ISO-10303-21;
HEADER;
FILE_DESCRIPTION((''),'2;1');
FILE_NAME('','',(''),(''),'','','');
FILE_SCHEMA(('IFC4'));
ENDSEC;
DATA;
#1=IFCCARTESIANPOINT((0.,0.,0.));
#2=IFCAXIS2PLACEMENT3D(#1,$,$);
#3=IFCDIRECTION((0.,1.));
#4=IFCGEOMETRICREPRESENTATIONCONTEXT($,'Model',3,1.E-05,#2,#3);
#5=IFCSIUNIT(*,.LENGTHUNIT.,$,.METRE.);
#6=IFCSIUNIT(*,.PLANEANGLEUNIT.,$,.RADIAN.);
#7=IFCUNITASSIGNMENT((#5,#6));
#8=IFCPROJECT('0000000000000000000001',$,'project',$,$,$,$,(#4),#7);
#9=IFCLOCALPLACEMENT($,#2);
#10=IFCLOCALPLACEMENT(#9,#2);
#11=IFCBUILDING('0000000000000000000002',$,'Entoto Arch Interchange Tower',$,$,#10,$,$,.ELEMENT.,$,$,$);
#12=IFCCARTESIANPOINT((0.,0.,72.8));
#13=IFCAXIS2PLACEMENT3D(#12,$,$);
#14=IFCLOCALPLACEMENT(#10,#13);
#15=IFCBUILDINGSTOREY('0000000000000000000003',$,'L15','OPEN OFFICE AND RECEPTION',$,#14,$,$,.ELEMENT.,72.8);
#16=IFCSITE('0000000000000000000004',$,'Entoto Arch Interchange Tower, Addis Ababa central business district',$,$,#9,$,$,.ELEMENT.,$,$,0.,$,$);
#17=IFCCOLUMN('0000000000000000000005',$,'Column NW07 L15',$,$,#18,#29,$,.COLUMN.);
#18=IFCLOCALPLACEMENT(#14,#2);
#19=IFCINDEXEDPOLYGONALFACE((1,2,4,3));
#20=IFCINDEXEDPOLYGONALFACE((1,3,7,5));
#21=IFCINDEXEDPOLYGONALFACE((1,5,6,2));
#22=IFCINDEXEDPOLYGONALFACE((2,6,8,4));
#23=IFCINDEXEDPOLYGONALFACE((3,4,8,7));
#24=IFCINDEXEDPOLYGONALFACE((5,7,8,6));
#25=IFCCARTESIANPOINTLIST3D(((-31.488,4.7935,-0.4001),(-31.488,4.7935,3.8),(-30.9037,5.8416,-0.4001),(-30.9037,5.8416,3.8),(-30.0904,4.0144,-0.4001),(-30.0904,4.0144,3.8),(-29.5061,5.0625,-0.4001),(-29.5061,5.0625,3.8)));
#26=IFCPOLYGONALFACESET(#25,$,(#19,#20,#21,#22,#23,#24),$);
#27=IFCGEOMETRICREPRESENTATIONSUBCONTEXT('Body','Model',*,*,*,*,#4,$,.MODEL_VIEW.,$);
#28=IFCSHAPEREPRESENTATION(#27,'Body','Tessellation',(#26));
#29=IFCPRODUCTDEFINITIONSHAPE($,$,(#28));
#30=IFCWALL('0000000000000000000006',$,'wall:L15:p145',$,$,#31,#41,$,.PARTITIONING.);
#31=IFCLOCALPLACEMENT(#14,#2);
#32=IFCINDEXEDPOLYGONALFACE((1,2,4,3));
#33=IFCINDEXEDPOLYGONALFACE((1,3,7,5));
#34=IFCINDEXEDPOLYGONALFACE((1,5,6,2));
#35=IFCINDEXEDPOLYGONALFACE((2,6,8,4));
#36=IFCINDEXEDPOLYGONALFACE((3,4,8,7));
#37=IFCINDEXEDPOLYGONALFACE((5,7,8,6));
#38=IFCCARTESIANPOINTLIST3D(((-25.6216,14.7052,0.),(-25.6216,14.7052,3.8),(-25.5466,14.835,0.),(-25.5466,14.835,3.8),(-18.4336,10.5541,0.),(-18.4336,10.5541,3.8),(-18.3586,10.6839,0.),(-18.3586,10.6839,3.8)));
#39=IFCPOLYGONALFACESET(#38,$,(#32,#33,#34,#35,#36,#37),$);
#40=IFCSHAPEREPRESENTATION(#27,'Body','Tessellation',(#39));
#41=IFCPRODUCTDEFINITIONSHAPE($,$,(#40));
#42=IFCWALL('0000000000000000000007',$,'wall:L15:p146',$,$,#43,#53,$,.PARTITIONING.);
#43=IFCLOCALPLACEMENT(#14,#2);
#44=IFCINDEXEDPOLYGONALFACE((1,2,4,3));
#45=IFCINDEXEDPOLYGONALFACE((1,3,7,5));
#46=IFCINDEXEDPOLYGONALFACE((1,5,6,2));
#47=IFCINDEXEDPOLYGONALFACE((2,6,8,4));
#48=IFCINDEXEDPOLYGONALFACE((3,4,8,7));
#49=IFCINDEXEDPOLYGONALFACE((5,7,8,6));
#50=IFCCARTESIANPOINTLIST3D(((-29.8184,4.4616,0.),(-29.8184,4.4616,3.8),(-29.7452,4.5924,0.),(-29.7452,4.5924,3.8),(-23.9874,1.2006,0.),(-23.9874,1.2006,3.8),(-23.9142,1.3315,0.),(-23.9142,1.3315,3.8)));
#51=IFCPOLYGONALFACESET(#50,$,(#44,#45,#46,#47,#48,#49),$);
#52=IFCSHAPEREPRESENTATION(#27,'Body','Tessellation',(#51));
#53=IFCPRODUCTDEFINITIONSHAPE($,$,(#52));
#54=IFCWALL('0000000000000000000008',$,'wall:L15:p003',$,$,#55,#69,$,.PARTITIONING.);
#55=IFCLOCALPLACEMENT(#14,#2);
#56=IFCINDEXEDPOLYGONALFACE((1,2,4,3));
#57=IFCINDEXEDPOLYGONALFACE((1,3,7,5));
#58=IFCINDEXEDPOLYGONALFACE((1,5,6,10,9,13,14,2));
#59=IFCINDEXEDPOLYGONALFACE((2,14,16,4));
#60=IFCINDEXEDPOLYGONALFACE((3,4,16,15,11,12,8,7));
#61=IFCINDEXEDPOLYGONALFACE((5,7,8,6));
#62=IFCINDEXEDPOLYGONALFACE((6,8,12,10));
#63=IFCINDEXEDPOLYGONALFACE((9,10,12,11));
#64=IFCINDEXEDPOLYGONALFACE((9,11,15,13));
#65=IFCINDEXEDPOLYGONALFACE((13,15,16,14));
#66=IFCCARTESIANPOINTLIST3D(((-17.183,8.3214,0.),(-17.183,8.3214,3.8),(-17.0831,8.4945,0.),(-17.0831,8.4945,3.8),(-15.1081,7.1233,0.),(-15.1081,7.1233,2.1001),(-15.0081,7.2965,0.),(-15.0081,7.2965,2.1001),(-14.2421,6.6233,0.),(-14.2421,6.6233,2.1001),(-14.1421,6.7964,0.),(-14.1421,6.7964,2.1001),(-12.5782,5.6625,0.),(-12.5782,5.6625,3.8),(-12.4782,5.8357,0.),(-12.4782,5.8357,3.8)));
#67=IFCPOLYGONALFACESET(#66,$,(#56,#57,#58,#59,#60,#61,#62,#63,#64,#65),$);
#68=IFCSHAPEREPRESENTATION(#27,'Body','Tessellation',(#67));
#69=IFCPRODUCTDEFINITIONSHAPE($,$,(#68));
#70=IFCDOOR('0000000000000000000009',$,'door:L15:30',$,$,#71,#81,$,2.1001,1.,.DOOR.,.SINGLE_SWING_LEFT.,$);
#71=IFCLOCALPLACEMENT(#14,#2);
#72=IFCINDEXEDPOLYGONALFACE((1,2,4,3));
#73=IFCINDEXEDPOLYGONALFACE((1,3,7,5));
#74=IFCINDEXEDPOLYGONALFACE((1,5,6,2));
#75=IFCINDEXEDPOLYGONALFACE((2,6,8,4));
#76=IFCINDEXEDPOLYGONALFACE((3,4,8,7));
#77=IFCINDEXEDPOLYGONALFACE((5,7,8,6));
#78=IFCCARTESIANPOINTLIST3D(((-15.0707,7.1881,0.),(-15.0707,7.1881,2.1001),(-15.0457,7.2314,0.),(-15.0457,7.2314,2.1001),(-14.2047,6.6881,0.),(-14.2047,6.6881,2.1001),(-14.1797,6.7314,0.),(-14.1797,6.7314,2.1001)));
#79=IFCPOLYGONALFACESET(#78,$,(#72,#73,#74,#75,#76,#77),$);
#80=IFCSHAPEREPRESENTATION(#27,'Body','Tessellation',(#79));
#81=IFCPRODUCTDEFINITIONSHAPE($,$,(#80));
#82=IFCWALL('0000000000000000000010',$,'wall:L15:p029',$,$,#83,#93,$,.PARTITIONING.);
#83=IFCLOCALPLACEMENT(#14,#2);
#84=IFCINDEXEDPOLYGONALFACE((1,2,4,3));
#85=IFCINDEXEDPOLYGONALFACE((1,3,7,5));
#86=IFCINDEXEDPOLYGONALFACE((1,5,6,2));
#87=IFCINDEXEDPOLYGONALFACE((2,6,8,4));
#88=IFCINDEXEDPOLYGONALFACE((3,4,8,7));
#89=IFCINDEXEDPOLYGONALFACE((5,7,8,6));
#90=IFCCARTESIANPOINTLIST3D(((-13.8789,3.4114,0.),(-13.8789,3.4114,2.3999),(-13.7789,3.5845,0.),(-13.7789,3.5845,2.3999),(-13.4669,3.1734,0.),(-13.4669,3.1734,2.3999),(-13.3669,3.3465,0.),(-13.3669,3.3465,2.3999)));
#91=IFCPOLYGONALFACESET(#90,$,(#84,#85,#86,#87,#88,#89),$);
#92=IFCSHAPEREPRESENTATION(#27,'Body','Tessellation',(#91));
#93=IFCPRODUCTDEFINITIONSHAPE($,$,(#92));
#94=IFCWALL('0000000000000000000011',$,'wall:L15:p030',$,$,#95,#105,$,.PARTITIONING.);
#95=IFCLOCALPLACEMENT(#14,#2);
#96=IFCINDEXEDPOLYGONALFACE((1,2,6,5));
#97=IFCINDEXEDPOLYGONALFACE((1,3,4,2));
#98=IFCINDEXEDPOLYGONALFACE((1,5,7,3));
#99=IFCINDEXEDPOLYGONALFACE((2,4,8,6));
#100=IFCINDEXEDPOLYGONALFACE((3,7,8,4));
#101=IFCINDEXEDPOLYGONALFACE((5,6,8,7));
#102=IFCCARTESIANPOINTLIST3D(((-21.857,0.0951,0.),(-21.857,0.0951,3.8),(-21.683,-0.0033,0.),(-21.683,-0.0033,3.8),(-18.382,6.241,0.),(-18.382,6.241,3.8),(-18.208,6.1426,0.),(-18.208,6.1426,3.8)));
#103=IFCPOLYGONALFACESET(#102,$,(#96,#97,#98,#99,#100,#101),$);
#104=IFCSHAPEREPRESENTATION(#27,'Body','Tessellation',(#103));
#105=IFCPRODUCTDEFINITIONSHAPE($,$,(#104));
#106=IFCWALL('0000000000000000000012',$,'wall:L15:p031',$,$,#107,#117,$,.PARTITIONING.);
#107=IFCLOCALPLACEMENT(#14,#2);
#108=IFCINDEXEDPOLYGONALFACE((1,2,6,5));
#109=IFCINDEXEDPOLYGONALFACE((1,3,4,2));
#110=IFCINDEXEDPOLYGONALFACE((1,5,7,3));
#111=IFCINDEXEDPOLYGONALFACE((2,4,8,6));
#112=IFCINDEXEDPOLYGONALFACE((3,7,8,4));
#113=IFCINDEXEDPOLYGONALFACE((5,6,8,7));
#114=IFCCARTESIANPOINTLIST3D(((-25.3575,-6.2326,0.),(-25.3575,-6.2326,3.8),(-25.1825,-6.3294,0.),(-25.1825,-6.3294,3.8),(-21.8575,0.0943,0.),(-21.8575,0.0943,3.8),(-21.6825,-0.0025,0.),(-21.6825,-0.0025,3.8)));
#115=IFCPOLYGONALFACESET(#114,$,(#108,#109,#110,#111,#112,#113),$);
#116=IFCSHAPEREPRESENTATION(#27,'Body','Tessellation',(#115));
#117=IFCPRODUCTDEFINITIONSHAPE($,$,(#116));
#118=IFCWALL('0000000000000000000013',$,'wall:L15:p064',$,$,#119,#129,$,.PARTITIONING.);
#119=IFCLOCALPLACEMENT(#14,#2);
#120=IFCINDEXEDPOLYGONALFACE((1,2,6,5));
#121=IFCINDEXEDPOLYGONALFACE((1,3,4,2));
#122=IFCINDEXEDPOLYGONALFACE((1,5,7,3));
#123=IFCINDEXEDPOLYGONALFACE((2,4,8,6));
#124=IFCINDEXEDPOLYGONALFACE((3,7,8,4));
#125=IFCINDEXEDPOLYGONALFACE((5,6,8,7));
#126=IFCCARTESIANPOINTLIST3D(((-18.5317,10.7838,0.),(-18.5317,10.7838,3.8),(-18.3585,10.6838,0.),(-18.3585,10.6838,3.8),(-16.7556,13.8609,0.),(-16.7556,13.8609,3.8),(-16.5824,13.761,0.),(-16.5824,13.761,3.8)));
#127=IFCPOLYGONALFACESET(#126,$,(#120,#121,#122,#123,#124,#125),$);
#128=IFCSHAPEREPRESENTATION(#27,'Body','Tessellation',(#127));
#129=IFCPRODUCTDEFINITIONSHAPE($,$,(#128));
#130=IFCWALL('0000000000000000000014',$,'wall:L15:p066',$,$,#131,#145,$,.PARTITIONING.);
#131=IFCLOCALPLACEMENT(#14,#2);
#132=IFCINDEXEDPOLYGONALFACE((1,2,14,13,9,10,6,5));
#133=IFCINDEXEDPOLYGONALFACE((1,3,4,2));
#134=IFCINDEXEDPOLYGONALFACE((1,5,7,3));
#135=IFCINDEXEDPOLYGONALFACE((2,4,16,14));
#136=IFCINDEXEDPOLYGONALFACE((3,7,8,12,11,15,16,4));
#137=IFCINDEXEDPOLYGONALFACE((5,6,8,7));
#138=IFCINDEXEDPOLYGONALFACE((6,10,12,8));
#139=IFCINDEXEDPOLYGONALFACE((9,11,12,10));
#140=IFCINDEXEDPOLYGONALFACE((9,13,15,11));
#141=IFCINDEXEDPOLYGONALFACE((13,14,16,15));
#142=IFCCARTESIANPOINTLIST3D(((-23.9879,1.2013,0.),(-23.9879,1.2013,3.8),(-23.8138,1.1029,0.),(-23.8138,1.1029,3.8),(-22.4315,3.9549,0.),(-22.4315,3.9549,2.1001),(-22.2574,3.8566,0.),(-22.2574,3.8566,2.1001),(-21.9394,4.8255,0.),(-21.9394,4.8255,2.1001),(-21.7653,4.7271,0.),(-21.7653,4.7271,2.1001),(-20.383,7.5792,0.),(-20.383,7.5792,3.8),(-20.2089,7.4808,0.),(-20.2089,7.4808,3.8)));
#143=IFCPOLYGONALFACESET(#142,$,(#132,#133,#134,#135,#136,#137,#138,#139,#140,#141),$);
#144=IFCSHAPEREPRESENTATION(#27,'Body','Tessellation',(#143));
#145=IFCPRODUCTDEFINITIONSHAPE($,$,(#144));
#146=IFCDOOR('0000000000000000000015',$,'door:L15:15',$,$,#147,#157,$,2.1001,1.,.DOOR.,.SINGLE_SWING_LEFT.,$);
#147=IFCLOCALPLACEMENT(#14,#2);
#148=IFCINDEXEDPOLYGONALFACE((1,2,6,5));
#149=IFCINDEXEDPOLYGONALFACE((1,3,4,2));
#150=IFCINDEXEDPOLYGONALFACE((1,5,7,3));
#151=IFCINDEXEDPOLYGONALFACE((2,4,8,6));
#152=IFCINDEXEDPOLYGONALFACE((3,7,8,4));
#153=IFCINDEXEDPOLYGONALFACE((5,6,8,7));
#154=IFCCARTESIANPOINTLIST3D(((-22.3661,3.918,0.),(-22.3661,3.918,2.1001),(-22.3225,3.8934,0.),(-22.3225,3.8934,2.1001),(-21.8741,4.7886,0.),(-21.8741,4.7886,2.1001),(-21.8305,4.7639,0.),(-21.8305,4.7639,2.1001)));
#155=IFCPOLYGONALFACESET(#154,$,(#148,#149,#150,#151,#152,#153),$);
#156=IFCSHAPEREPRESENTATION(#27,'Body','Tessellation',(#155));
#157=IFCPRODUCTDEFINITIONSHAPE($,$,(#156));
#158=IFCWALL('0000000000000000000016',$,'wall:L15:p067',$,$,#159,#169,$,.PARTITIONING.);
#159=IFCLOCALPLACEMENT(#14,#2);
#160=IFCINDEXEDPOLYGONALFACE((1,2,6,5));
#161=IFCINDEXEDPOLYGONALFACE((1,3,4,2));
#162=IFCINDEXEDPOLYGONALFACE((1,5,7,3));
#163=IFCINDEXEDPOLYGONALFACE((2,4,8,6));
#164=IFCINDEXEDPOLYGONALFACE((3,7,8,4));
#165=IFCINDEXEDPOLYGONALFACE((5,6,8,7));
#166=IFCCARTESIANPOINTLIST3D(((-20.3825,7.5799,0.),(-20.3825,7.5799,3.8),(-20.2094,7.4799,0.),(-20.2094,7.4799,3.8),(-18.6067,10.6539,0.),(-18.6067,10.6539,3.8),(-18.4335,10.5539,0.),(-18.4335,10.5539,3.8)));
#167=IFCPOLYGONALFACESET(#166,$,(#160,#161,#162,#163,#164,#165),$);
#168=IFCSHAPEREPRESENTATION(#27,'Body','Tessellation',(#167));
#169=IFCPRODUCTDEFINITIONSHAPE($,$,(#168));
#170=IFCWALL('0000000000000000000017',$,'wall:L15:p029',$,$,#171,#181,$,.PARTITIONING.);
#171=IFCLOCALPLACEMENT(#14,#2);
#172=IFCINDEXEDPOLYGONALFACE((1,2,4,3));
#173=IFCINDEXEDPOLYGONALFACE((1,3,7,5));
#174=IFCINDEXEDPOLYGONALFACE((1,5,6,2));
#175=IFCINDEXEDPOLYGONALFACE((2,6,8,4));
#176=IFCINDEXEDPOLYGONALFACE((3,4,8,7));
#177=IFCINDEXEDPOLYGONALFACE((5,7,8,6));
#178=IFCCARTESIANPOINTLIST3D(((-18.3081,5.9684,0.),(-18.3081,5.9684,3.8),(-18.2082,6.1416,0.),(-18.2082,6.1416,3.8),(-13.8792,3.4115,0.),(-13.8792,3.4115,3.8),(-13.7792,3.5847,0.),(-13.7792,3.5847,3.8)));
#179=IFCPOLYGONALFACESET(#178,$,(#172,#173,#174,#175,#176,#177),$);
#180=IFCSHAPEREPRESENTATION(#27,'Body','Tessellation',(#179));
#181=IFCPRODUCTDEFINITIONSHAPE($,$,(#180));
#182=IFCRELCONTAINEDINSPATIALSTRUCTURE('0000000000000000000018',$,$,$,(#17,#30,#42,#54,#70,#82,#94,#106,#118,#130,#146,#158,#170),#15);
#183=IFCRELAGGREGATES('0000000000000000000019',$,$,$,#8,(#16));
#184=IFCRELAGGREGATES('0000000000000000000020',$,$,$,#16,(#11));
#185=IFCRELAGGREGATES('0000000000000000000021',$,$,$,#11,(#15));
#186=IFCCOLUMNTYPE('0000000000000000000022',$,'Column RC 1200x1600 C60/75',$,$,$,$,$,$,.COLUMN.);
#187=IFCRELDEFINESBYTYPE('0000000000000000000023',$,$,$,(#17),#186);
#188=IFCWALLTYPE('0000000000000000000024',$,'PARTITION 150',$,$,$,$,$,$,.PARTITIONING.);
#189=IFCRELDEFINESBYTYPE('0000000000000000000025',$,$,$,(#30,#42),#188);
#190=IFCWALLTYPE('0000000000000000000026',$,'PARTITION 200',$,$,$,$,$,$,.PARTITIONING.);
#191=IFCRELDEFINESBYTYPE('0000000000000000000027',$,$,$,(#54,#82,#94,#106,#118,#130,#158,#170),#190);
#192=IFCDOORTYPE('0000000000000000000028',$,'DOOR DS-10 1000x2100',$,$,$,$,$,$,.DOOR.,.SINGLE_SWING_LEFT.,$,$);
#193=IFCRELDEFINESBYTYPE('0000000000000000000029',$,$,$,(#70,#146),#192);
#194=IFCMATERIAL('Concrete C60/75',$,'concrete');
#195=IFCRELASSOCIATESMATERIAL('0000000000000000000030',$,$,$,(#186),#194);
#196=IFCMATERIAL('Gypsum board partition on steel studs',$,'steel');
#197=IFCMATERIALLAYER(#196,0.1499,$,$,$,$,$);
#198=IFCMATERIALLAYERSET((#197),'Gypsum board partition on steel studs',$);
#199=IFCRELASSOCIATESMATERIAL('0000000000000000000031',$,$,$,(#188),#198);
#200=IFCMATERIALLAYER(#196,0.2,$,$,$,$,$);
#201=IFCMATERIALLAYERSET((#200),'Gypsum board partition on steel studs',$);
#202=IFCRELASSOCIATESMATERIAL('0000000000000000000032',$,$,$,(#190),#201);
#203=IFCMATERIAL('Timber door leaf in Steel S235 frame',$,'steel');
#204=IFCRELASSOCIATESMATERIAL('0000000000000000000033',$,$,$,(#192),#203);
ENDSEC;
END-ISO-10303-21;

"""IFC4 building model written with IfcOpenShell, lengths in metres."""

from ifc_helpers import new_model, si_unit, direction, frame, frame_2d, origin, origin_2d, place, context, subcontext, project, spatial, rectangle, extrude, material, layer, layer_set, material_profile, profile_set, type_object, element, fill, save


model = new_model("IFC4")

# Units and contexts
model_context = context("Model", 3, precision=1e-05, world=origin(), true_north=direction((0.0, 1.0)))
body_context = subcontext(model_context, "Body", "Model", "MODEL_VIEW")
ifc_project = project(units=[si_unit("LENGTHUNIT", "METRE"), si_unit("PLANEANGLEUNIT", "RADIAN")], contexts=[model_context])

# Site, building, storey
site_placement = place(None, origin())
site = spatial("IfcSite", under=ifc_project, at=site_placement, Name="Entoto Arch Interchange Tower, Addis Ababa central business district", CompositionType="ELEMENT", RefElevation=0.0)
building_placement = place(site_placement, origin())
building = spatial("IfcBuilding", under=site, at=building_placement, Name="Entoto Arch Interchange Tower", CompositionType="ELEMENT")
storey_placement = place(building_placement, frame((0.0, 0.0, 72.8)))
storey = spatial("IfcBuildingStorey", under=building, at=storey_placement, Name="L15", Description="OPEN OFFICE AND RECEPTION", CompositionType="ELEMENT", Elevation=72.8)

# Column
ifc_material_1 = material(Name="Concrete C60/75", Category="concrete")
ifc_material_profile = material_profile(ifc_material_1, rectangle(XDim=1.2, YDim=1.6001, at=origin_2d()))
ifc_profile_set = profile_set([ifc_material_profile], Name="Concrete C60/75")
column_type = type_object("IfcColumnType", Name="Column RC 1200x1600 C60/75", PredefinedType="COLUMN", material=ifc_profile_set)
column_placement = place(storey_placement, frame((-30.4971, 4.928, -0.4001), z_axis=(0.0, 0.0, 1.0), x_axis=(0.486915, 0.873449, 0.0)))
element("IfcColumn", 1, at=column_placement, inside=storey, type_object=column_type, Name="Column NW07 L15", PredefinedType="COLUMN", context=body_context, shape_type="SweptSolid", body=[
    extrude(rectangle(XDim=1.2, YDim=1.6001, at=origin_2d()), origin(), (0.0, 0.0, 1.0), 4.2002),
])

# Walls
ifc_material_2 = material(Name="Gypsum board partition on steel studs", Category="steel")
ifc_layer_1 = layer(ifc_material_2, 0.1499)
ifc_layer_set_1 = layer_set([ifc_layer_1], Name="Gypsum board partition on steel studs")
wall_type_1 = type_object("IfcWallType", Name="PARTITION 150", PredefinedType="PARTITIONING", material=ifc_layer_set_1)
wall_1_placement = place(storey_placement, frame((-18.396, 10.6189, 0.0), z_axis=(0.0, 0.0, 1.0), x_axis=(-0.865966, 0.500103, 0.0)))
element("IfcWall", 2, at=wall_1_placement, inside=storey, type_object=wall_type_1, Name="wall:L15:p145", PredefinedType="PARTITIONING", context=body_context, shape_type="SweptSolid", body=[
    extrude(rectangle(XDim=8.3005, YDim=0.1499, at=frame_2d((4.1504, 0.0))), origin(), (0.0, 0.0, 1.0), 3.8),
])
wall_2_placement = place(storey_placement, frame((-23.9509, 1.2661, 0.0), z_axis=(0.0, 0.0, 1.0), x_axis=(-0.872787, 0.488101, 0.0)))
element("IfcWall", 3, at=wall_2_placement, inside=storey, type_object=wall_type_1, Name="wall:L15:p146", PredefinedType="PARTITIONING", context=body_context, shape_type="SweptSolid", body=[
    extrude(rectangle(XDim=6.6809, YDim=0.1499, at=frame_2d((3.3403, 0.0))), origin(), (0.0, 0.0, 1.0), 3.8),
])

# Wall, opening, door
ifc_layer_2 = layer(ifc_material_2, 0.2)
ifc_layer_set_2 = layer_set([ifc_layer_2], Name="Gypsum board partition on steel studs")
wall_type_2 = type_object("IfcWallType", Name="PARTITION 200", PredefinedType="PARTITIONING", material=ifc_layer_set_2)
wall_3_placement = place(storey_placement, frame((-17.1331, 8.408, 0.0), z_axis=(0.0, 0.0, 1.0), x_axis=(0.866005, -0.500035, 0.0)))
wall_3 = element("IfcWall", 4, at=wall_3_placement, inside=storey, type_object=wall_type_2, Name="wall:L15:p003", PredefinedType="PARTITIONING", context=body_context, shape_type="SweptSolid", body=[
    extrude(rectangle(XDim=5.3174, YDim=0.2, at=frame_2d((2.6587, 0.0))), origin(), (0.0, 0.0, 1.0), 3.8),
])
opening_1_placement = place(wall_3_placement, frame((2.396, 0.0, 0.0)))
opening_1 = element("IfcOpeningElement", 5, at=opening_1_placement, cuts=wall_3, PredefinedType="OPENING", context=body_context, shape_type="SweptSolid", body=[
    extrude(rectangle(XDim=1.0, YDim=2.1001, at=frame_2d((0.5, 1.05))), frame((0.0, 0.1099, 0.0), z_axis=(0.0, -1.0, 0.0), x_axis=(1.0, 0.0, 0.0)), (0.0, 0.0, 1.0), 0.22),
])
ifc_material_3 = material(Name="Timber door leaf in Steel S235 frame", Category="steel")
door_type = type_object("IfcDoorType", Name="DOOR DS-10 1000x2100", OperationType="SINGLE_SWING_LEFT", PredefinedType="DOOR", material=ifc_material_3)
door_1_placement = place(opening_1_placement, origin())
door_1 = element("IfcDoor", 6, at=door_1_placement, inside=storey, type_object=door_type, Name="door:L15:30", OperationType="SINGLE_SWING_LEFT", OverallHeight=2.1001, OverallWidth=1.0, PredefinedType="DOOR", context=body_context, shape_type="SweptSolid", body=[
    extrude(rectangle(XDim=1.0, YDim=2.1001, at=frame_2d((0.5, 1.05))), frame((0.0, 0.0249, 0.0), z_axis=(0.0, -1.0, 0.0), x_axis=(1.0, 0.0, 0.0)), (0.0, 0.0, 1.0), 0.05),
])
fill(opening_1, door_1)

# Walls
wall_4_placement = place(storey_placement, frame((-13.417, 3.26, 0.0), z_axis=(0.0, 0.0, 1.0), x_axis=(-0.865929, 0.500166, 0.0)))
element("IfcWall", 7, at=wall_4_placement, inside=storey, type_object=wall_type_2, Name="wall:L15:p029", PredefinedType="PARTITIONING", context=body_context, shape_type="SweptSolid", body=[
    extrude(rectangle(XDim=0.4758, YDim=0.2, at=frame_2d((0.2378, 0.0))), origin(), (0.0, 0.0, 1.0), 2.3999),
])
wall_5_placement = place(storey_placement, frame((-18.2949, 6.1919, 0.0), z_axis=(0.0, 0.0, 1.0), x_axis=(-0.492194, -0.870486, 0.0)))
element("IfcWall", 8, at=wall_5_placement, inside=storey, type_object=wall_type_2, Name="wall:L15:p030", PredefinedType="PARTITIONING", context=body_context, shape_type="SweptSolid", body=[
    extrude(rectangle(XDim=7.0603, YDim=0.2, at=frame_2d((3.5303, 0.0))), origin(), (0.0, 0.0, 1.0), 3.8),
])
wall_6_placement = place(storey_placement, frame((-21.77, 0.0459, 0.0), z_axis=(0.0, 0.0, 1.0), x_axis=(-0.484062, -0.875033, 0.0)))
element("IfcWall", 9, at=wall_6_placement, inside=storey, type_object=wall_type_2, Name="wall:L15:p031", PredefinedType="PARTITIONING", context=body_context, shape_type="SweptSolid", body=[
    extrude(rectangle(XDim=7.2305, YDim=0.2, at=frame_2d((3.6152, 0.0))), origin(), (0.0, 0.0, 1.0), 3.8),
])
wall_7_placement = place(storey_placement, frame((-18.4451, 10.7339, 0.0), z_axis=(0.0, 0.0, 1.0), x_axis=(0.499901, 0.866083, 0.0)))
element("IfcWall", 10, at=wall_7_placement, inside=storey, type_object=wall_type_2, Name="wall:L15:p064", PredefinedType="PARTITIONING", context=body_context, shape_type="SweptSolid", body=[
    extrude(rectangle(XDim=3.553, YDim=0.2, at=frame_2d((1.7764, 0.0))), origin(), (0.0, 0.0, 1.0), 3.8),
])

# Wall, opening, door
wall_8_placement = place(storey_placement, frame((-23.9009, 1.1521, 0.0), z_axis=(0.0, 0.0, 1.0), x_axis=(0.492064, 0.870559, 0.0)))
wall_8 = element("IfcWall", 11, at=wall_8_placement, inside=storey, type_object=wall_type_2, Name="wall:L15:p066", PredefinedType="PARTITIONING", context=body_context, shape_type="SweptSolid", body=[
    extrude(rectangle(XDim=7.3262, YDim=0.2, at=frame_2d((3.6631, 0.0))), origin(), (0.0, 0.0, 1.0), 3.8),
])
opening_2_placement = place(wall_8_placement, frame((3.1631, 0.0, 0.0)))
opening_2 = element("IfcOpeningElement", 12, at=opening_2_placement, cuts=wall_8, PredefinedType="OPENING", context=body_context, shape_type="SweptSolid", body=[
    extrude(rectangle(XDim=1.0, YDim=2.1001, at=frame_2d((0.5, 1.05))), frame((0.0, 0.1099, 0.0), z_axis=(0.0, -1.0, 0.0), x_axis=(1.0, 0.0, 0.0)), (0.0, 0.0, 1.0), 0.22),
])
door_2_placement = place(opening_2_placement, origin())
door_2 = element("IfcDoor", 13, at=door_2_placement, inside=storey, type_object=door_type, Name="door:L15:15", OperationType="SINGLE_SWING_LEFT", OverallHeight=2.1001, OverallWidth=1.0, PredefinedType="DOOR", context=body_context, shape_type="SweptSolid", body=[
    extrude(rectangle(XDim=1.0, YDim=2.1001, at=frame_2d((0.5, 1.05))), frame((0.0, 0.0249, 0.0), z_axis=(0.0, -1.0, 0.0), x_axis=(1.0, 0.0, 0.0)), (0.0, 0.0, 1.0), 0.05),
])
fill(opening_2, door_2)

# Walls
wall_9_placement = place(storey_placement, frame((-20.2959, 7.53, 0.0), z_axis=(0.0, 0.0, 1.0), x_axis=(0.500236, 0.865889, 0.0)))
element("IfcWall", 14, at=wall_9_placement, inside=storey, type_object=wall_type_2, Name="wall:L15:p067", PredefinedType="PARTITIONING", context=body_context, shape_type="SweptSolid", body=[
    extrude(rectangle(XDim=3.55, YDim=0.2, at=frame_2d((1.7749, 0.0))), origin(), (0.0, 0.0, 1.0), 3.8),
])
wall_10_placement = place(storey_placement, frame((-13.8291, 3.498, 0.0), z_axis=(0.0, 0.0, 1.0), x_axis=(-0.86604, 0.499975, 0.0)))
element("IfcWall", 15, at=wall_10_placement, inside=storey, type_object=wall_type_2, Name="wall:L15:p029", PredefinedType="PARTITIONING", context=body_context, shape_type="SweptSolid", body=[
    extrude(rectangle(XDim=5.114, YDim=0.2, at=frame_2d((2.5571, 0.0))), origin(), (0.0, 0.0, 1.0), 3.8),
])

save(model, "model.ifc")
